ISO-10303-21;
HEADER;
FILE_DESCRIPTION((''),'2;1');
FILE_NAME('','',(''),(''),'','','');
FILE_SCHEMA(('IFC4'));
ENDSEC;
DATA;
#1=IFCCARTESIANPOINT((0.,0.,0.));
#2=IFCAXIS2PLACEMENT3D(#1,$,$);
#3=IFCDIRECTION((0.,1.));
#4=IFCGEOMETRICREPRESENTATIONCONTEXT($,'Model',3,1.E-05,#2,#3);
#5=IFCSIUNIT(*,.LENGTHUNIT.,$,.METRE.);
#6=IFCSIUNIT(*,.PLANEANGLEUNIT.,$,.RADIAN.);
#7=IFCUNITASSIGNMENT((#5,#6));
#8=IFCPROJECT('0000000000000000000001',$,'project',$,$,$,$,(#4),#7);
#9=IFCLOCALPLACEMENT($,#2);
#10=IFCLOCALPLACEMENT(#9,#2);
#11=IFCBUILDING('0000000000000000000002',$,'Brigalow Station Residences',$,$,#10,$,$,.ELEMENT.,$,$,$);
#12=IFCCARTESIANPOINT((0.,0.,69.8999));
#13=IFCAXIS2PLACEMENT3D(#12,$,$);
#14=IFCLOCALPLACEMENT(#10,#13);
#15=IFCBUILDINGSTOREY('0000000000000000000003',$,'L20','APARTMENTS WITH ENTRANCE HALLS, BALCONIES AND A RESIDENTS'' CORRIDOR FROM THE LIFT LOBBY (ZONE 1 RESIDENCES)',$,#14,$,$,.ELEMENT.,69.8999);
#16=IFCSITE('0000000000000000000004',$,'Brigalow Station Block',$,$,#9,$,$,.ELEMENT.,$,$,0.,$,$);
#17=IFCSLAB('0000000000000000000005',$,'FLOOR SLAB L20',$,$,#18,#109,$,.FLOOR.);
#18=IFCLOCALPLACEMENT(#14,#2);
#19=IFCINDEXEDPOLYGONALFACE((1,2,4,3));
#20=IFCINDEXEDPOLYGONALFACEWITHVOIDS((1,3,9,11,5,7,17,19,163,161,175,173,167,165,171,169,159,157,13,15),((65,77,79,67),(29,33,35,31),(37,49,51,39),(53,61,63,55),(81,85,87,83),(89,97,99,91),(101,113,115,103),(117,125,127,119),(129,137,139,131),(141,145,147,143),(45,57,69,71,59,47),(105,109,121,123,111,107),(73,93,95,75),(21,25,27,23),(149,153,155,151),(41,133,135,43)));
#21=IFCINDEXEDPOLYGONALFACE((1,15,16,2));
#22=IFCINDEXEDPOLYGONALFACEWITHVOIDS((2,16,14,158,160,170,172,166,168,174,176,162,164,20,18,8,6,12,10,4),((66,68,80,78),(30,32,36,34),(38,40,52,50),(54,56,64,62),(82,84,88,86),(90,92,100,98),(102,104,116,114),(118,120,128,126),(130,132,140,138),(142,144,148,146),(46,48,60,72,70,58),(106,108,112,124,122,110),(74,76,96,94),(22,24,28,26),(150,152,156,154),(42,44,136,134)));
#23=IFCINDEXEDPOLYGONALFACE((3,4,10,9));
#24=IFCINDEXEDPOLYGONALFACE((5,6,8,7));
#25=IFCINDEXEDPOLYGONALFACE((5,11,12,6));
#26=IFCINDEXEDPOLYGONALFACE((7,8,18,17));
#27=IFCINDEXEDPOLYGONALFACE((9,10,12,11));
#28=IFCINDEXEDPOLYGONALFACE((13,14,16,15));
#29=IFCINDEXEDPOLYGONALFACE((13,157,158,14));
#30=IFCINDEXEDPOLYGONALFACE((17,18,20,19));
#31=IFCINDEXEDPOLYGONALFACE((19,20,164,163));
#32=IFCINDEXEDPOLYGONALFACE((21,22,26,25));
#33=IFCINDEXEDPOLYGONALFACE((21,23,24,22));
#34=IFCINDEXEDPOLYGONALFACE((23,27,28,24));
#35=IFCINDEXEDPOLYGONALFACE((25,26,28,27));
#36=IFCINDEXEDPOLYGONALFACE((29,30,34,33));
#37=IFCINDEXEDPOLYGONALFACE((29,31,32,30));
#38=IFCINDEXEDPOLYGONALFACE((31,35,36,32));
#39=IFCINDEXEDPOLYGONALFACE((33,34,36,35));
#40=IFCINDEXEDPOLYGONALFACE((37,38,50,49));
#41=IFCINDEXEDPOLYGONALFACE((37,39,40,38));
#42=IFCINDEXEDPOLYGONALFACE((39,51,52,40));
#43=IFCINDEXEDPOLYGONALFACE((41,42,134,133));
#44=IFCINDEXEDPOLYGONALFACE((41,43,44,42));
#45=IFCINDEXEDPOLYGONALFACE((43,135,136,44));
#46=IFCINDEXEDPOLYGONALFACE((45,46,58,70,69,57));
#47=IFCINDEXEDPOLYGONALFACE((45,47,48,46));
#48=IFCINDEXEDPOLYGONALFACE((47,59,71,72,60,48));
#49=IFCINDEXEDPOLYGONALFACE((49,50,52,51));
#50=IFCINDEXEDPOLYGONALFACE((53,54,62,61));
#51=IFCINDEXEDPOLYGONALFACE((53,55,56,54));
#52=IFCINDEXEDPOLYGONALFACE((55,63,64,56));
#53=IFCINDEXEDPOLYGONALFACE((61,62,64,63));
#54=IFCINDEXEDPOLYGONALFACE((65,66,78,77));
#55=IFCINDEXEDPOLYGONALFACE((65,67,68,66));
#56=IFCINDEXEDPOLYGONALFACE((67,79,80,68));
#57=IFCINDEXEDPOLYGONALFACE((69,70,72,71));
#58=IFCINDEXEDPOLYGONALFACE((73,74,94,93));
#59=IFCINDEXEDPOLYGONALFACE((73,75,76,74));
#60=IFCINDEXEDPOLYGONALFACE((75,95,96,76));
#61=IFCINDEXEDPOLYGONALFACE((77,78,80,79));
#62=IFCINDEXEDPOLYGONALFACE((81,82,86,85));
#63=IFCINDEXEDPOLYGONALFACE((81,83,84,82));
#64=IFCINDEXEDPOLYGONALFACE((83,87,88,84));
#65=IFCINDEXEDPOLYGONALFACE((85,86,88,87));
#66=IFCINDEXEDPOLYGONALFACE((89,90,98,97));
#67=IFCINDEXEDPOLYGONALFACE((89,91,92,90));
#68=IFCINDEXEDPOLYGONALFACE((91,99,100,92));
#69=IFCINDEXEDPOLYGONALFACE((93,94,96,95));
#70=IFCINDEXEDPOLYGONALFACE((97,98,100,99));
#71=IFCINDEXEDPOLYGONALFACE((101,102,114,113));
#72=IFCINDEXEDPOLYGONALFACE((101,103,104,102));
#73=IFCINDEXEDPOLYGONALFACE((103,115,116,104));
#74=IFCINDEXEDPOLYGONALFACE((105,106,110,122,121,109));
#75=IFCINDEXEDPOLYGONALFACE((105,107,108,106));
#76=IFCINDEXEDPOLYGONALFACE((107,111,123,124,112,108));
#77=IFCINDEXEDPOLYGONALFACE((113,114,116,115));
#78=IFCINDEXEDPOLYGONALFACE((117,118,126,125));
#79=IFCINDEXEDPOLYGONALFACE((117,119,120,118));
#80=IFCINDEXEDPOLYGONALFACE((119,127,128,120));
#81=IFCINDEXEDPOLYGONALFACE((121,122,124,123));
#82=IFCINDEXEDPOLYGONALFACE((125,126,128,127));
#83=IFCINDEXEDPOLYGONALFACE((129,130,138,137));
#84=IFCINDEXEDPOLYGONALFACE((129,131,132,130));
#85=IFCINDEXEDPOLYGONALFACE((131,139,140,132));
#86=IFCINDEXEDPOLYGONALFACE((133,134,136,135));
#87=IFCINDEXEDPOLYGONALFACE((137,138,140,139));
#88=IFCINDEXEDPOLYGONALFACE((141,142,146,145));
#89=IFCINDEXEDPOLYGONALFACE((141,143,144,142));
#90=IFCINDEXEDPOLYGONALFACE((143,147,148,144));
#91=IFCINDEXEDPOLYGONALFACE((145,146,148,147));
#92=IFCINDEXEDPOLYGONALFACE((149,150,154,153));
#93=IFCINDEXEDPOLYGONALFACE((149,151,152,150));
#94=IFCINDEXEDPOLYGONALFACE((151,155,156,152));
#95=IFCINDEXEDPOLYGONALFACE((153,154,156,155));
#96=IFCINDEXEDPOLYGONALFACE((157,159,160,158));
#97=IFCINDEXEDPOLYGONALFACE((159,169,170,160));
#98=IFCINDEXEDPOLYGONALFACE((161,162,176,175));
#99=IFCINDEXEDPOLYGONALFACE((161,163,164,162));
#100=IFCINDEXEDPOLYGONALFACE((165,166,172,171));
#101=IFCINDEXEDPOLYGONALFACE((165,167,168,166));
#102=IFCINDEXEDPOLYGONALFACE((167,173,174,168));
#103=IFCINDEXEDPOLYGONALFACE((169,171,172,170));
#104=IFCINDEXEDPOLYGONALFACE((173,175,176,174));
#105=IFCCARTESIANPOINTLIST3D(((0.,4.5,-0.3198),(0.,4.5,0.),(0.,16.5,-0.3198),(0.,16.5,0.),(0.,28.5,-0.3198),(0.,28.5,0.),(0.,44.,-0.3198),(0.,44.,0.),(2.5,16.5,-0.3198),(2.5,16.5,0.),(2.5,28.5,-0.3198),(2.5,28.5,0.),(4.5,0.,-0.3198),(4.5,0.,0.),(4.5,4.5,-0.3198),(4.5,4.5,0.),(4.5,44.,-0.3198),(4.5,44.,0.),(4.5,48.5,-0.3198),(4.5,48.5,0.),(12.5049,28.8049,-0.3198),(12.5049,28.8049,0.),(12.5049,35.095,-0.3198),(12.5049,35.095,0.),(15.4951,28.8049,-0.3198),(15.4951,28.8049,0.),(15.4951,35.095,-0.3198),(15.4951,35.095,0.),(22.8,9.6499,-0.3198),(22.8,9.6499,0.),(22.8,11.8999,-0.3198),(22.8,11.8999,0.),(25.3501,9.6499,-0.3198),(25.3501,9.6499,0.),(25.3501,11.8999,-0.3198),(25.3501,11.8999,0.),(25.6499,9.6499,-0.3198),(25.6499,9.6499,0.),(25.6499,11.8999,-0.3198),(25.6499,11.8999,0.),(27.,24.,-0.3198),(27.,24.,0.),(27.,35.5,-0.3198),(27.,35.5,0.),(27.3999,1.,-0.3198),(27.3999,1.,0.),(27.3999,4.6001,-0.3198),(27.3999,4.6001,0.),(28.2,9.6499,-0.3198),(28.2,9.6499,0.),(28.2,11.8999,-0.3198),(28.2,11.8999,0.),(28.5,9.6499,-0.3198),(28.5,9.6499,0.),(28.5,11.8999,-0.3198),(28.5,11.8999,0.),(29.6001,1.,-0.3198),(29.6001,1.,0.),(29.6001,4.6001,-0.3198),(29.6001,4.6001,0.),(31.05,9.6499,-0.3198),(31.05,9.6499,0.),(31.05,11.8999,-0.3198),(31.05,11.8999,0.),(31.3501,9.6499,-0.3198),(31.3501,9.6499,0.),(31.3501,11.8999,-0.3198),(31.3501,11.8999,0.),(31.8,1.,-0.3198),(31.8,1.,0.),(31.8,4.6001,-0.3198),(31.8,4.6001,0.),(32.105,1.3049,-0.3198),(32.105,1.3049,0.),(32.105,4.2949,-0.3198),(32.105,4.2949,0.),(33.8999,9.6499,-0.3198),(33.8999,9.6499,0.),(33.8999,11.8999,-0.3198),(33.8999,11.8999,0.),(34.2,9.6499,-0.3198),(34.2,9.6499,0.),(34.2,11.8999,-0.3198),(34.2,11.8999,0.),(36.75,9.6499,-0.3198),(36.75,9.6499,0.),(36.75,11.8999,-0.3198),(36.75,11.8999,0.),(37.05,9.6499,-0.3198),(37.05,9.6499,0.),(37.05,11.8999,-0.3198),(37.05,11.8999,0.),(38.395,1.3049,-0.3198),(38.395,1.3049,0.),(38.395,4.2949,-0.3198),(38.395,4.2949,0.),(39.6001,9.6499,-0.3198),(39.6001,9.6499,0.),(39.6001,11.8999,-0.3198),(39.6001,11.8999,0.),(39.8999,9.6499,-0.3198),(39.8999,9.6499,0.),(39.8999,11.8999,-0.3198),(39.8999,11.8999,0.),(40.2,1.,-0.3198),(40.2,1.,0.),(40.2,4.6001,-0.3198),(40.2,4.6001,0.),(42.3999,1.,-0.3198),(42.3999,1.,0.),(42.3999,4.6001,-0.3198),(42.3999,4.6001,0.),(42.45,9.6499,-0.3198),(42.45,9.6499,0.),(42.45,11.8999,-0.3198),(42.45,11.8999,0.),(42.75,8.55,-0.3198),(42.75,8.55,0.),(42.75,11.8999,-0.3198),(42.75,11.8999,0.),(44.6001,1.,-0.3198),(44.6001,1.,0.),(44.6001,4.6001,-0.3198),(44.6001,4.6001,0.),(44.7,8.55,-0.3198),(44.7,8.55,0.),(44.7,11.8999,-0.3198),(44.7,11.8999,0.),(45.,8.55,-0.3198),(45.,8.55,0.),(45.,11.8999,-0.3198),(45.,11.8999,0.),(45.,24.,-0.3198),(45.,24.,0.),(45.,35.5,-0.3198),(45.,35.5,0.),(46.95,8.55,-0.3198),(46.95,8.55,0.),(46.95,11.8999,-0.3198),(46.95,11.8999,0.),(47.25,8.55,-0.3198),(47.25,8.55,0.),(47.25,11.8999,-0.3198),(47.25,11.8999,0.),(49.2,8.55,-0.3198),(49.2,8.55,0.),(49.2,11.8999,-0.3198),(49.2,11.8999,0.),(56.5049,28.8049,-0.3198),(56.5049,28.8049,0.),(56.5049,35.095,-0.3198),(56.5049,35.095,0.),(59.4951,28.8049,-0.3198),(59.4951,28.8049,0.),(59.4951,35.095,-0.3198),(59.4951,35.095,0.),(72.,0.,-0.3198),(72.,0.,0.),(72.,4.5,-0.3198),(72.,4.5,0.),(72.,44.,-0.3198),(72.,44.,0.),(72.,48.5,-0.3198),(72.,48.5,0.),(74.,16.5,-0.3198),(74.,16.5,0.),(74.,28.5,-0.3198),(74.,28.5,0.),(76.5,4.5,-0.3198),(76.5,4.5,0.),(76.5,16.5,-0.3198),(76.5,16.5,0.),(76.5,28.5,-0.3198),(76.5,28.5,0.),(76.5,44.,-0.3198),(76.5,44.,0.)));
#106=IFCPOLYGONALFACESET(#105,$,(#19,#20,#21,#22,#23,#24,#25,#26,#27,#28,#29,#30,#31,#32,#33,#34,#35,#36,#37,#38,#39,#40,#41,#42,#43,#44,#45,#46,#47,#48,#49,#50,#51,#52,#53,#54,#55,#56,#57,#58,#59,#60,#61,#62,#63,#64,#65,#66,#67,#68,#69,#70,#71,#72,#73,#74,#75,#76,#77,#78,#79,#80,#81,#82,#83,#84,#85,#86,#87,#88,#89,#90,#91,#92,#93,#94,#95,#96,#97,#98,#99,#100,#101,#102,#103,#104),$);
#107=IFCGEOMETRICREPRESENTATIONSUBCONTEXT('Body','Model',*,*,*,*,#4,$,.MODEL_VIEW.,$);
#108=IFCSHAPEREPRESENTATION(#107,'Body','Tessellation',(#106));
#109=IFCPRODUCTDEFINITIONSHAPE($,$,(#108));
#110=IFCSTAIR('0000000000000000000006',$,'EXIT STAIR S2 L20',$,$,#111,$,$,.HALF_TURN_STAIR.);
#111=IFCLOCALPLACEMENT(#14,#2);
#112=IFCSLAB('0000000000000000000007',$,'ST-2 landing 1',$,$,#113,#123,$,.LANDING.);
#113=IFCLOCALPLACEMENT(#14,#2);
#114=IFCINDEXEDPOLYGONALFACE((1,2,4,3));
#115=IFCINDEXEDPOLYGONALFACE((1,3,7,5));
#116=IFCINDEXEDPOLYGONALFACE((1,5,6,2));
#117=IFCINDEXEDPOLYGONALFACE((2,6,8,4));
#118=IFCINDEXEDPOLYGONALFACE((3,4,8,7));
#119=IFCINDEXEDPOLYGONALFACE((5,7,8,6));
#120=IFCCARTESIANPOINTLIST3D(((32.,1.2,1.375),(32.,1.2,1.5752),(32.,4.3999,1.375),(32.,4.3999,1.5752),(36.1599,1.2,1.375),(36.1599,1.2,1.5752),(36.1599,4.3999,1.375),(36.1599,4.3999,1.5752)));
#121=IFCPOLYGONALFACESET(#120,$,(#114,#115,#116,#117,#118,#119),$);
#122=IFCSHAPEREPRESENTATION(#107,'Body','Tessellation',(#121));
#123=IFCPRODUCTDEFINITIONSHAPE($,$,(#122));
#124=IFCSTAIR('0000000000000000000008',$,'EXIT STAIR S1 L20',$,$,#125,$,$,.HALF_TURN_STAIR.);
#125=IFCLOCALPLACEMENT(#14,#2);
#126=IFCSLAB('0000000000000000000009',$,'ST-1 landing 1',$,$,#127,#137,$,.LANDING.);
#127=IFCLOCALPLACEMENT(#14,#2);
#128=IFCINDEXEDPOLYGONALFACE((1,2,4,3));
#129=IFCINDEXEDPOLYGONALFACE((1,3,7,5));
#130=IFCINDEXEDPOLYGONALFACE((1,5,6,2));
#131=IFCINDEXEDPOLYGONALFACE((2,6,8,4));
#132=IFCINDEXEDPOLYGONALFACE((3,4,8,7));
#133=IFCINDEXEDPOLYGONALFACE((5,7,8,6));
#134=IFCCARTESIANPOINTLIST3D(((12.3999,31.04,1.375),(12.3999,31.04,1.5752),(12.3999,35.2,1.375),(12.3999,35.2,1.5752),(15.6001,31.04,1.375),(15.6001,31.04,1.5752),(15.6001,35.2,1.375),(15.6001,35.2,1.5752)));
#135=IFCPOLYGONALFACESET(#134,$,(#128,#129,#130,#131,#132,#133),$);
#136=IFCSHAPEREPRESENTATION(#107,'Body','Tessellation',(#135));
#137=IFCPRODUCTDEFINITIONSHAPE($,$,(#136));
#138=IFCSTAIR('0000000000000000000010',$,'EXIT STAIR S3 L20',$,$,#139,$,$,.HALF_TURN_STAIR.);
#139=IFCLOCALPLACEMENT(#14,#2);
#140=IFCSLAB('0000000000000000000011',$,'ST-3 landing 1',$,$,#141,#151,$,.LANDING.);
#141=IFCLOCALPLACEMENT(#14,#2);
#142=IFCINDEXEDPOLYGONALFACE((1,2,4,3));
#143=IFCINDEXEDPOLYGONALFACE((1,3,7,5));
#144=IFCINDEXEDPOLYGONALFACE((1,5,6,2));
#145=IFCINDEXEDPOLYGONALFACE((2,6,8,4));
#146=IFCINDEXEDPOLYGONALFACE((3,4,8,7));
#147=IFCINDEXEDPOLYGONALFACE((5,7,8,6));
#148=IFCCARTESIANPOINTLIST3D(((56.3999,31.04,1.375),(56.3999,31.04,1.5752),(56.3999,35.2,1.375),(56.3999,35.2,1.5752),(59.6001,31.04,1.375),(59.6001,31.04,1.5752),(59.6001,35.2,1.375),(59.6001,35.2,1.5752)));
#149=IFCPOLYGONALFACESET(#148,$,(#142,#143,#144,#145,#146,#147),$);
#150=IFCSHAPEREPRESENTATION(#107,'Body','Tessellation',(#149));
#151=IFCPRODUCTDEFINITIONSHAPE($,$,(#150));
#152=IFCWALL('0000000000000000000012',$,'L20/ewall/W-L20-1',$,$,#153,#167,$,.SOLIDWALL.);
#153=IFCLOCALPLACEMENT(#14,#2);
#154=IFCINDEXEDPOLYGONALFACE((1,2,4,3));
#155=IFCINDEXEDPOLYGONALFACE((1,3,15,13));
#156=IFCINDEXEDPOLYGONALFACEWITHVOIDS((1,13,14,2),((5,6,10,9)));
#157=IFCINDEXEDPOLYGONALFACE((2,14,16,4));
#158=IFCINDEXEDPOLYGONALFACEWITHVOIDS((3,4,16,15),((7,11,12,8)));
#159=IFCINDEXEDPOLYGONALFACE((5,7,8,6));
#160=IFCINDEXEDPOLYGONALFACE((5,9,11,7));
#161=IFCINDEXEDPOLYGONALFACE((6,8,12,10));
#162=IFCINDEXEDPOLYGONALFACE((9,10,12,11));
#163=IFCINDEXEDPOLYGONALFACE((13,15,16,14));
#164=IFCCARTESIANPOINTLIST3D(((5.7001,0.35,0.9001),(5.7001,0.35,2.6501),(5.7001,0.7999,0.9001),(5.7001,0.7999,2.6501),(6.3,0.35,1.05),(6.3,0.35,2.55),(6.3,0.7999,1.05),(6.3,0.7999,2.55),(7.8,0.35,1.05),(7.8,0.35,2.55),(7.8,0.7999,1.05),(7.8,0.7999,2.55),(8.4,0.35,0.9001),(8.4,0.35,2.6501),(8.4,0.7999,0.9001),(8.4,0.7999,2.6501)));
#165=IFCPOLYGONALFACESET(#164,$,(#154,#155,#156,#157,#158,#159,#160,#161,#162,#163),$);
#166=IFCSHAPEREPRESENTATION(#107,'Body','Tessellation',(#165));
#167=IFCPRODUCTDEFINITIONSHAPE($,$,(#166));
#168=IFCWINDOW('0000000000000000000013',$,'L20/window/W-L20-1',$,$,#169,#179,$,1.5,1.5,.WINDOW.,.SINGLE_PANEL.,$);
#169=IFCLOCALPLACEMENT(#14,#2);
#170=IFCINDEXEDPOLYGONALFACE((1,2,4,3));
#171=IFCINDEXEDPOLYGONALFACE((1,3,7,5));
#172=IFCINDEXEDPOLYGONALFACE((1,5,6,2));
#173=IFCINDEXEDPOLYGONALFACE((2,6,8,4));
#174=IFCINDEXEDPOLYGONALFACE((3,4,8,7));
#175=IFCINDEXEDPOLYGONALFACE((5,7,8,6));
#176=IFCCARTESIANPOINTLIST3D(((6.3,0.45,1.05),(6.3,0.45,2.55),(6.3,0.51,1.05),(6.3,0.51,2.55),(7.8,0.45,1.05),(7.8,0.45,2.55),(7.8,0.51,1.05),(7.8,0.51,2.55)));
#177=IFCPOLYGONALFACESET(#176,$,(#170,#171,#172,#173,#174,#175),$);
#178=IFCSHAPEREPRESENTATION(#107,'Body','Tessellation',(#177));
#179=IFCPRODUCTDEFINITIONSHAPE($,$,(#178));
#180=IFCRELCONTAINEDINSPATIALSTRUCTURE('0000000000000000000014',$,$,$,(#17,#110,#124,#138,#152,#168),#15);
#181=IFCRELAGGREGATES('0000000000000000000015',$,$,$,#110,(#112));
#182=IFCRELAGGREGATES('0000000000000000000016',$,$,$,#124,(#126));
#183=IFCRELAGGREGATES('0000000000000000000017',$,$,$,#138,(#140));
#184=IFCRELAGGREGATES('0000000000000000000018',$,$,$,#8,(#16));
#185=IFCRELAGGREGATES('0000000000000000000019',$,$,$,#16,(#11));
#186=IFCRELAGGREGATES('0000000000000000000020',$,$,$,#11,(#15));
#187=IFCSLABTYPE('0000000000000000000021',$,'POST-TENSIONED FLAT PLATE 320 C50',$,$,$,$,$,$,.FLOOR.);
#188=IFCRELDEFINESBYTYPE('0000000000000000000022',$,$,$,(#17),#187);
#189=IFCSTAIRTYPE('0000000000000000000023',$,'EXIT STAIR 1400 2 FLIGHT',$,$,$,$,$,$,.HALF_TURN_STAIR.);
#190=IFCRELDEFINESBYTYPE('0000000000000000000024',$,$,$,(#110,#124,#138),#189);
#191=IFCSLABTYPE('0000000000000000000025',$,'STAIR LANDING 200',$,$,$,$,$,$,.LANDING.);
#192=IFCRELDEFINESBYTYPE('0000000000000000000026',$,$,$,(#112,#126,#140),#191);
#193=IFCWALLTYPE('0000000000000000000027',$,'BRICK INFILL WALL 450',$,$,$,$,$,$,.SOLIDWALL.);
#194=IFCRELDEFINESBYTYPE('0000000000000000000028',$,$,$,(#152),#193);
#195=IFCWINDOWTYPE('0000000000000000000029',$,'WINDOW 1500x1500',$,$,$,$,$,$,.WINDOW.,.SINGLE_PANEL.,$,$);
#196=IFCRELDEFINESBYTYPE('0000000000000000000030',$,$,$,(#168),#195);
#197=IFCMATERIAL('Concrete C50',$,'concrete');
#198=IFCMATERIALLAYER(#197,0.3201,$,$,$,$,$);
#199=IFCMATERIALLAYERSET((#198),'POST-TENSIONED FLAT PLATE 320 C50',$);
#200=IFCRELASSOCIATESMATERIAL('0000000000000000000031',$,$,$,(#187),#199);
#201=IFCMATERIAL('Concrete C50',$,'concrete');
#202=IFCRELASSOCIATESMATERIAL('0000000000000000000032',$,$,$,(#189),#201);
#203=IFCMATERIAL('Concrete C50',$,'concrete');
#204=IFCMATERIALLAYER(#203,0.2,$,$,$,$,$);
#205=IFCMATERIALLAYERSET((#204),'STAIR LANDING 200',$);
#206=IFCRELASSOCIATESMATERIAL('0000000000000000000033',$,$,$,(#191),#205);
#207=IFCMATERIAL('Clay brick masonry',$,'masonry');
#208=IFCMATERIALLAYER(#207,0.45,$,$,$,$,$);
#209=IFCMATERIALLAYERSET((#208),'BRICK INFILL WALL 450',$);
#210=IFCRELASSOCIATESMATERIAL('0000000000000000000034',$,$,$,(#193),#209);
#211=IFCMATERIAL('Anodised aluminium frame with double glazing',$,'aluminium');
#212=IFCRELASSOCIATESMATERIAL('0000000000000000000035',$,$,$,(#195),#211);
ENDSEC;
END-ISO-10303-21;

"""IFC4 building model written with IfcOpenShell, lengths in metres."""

from ifc_helpers import new_model, si_unit, direction, frame, frame_2d, origin, place, context, subcontext, project, spatial, polyline, rectangle, outline, extrude, material, layer, layer_set, type_object, element, fill, aggregate, save


model = new_model("IFC4")

# Units and contexts
model_context = context("Model", 3, precision=1e-05, world=origin(), true_north=direction((0.0, 1.0)))
body_context = subcontext(model_context, "Body", "Model", "MODEL_VIEW")
ifc_project = project(units=[si_unit("LENGTHUNIT", "METRE"), si_unit("PLANEANGLEUNIT", "RADIAN")], contexts=[model_context])

# Site, building, storey
site_placement = place(None, origin())
site = spatial("IfcSite", under=ifc_project, at=site_placement, Name="Brigalow Station Block", CompositionType="ELEMENT", RefElevation=0.0)
building_placement = place(site_placement, origin())
building = spatial("IfcBuilding", under=site, at=building_placement, Name="Brigalow Station Residences", CompositionType="ELEMENT")
storey_placement = place(building_placement, frame((0.0, 0.0, 69.8999)))
storey = spatial("IfcBuildingStorey", under=building, at=storey_placement, Name="L20", Description="APARTMENTS WITH ENTRANCE HALLS, BALCONIES AND A RESIDENTS' CORRIDOR FROM THE LIFT LOBBY (ZONE 1 RESIDENCES)", CompositionType="ELEMENT", Elevation=69.8999)

# Slab
ifc_material_1 = material(Name="Concrete C50", Category="concrete")
ifc_layer_1 = layer(ifc_material_1, 0.3201)
ifc_layer_set_1 = layer_set([ifc_layer_1], Name="POST-TENSIONED FLAT PLATE 320 C50")
slab_type_1 = type_object("IfcSlabType", Name="POST-TENSIONED FLAT PLATE 320 C50", PredefinedType="FLOOR", material=ifc_layer_set_1)
slab_1_placement = place(storey_placement, frame((0.0, 0.0, -0.3198)))
element("IfcSlab", 1, at=slab_1_placement, inside=storey, type_object=slab_type_1, Name="FLOOR SLAB L20", PredefinedType="FLOOR", context=body_context, shape_type="SweptSolid", body=[
    extrude(outline(polyline([(4.5, 0.0), (72.0, 0.0), (72.0, 4.5), (76.5, 4.5), (76.5, 16.5), (74.0, 16.5), (74.0, 28.5), (76.5, 28.5), (76.5, 44.0), (72.0, 44.0), (72.0, 48.5), (4.5, 48.5), (4.5, 44.0), (0.0, 44.0), (0.0, 28.5), (2.5, 28.5), (2.5, 16.5), (0.0, 16.5), (0.0, 4.5), (4.5, 4.5), (4.5, 0.0)]), holes=[polyline([(15.4951, 35.095), (15.4951, 28.8049), (12.5049, 28.8049), (12.5049, 35.095), (15.4951, 35.095)]), polyline([(22.8, 11.8999), (25.3501, 11.8999), (25.3501, 9.6499), (22.8, 9.6499), (22.8, 11.8999)]), polyline([(25.6499, 11.8999), (28.2, 11.8999), (28.2, 9.6499), (25.6499, 9.6499), (25.6499, 11.8999)]), polyline([(28.5, 11.8999), (31.05, 11.8999), (31.05, 9.6499), (28.5, 9.6499), (28.5, 11.8999)]), polyline([(29.6001, 1.0), (27.3999, 1.0), (27.3999, 4.6001), (29.6001, 4.6001), (31.8, 4.6001), (31.8, 1.0), (29.6001, 1.0)]), polyline([(31.3501, 11.8999), (33.8999, 11.8999), (33.8999, 9.6499), (31.3501, 9.6499), (31.3501, 11.8999)]), polyline([(32.105, 4.2949), (38.395, 4.2949), (38.395, 1.3049), (32.105, 1.3049), (32.105, 4.2949)]), polyline([(36.75, 11.8999), (36.75, 9.6499), (34.2, 9.6499), (34.2, 11.8999), (36.75, 11.8999)]), polyline([(37.05, 11.8999), (39.6001, 11.8999), (39.6001, 9.6499), (37.05, 9.6499), (37.05, 11.8999)]), polyline([(39.8999, 11.8999), (42.45, 11.8999), (42.45, 9.6499), (39.8999, 9.6499), (39.8999, 11.8999)]), polyline([(42.3999, 1.0), (40.2, 1.0), (40.2, 4.6001), (42.3999, 4.6001), (44.6001, 4.6001), (44.6001, 1.0), (42.3999, 1.0)]), polyline([(42.75, 11.8999), (44.7, 11.8999), (44.7, 8.55), (42.75, 8.55), (42.75, 11.8999)]), polyline([(45.0, 11.8999), (46.95, 11.8999), (46.95, 8.55), (45.0, 8.55), (45.0, 11.8999)]), polyline([(45.0, 35.5), (45.0, 24.0), (27.0, 24.0), (27.0, 35.5), (45.0, 35.5)]), polyline([(47.25, 11.8999), (49.2, 11.8999), (49.2, 8.55), (47.25, 8.55), (47.25, 11.8999)]), polyline([(59.4951, 35.095), (59.4951, 28.8049), (56.5049, 28.8049), (56.5049, 35.095), (59.4951, 35.095)])]), origin(), (0.0, 0.0, 1.0), 0.3198),
])

# Stairs, slabs
ifc_material_2 = material(Name="Concrete C50", Category="concrete")
stair_type = type_object("IfcStairType", Name="EXIT STAIR 1400 2 FLIGHT", PredefinedType="HALF_TURN_STAIR", material=ifc_material_2)
stair_1_placement = place(storey_placement, origin())
stair_1 = element("IfcStair", 2, at=stair_1_placement, inside=storey, type_object=stair_type, Name="EXIT STAIR S2 L20", PredefinedType="HALF_TURN_STAIR")
ifc_material_3 = material(Name="Concrete C50", Category="concrete")
ifc_layer_2 = layer(ifc_material_3, 0.2)
ifc_layer_set_2 = layer_set([ifc_layer_2], Name="STAIR LANDING 200")
slab_type_2 = type_object("IfcSlabType", Name="STAIR LANDING 200", PredefinedType="LANDING", material=ifc_layer_set_2)
slab_2_placement = place(storey_placement, frame((0.0, 0.0, 1.375)))
slab_2 = element("IfcSlab", 3, at=slab_2_placement, type_object=slab_type_2, Name="ST-2 landing 1", PredefinedType="LANDING", context=body_context, shape_type="SweptSolid", body=[
    extrude(outline(polyline([(32.0, 1.2), (36.1599, 1.2), (36.1599, 4.3999), (32.0, 4.3999), (32.0, 1.2)])), origin(), (0.0, 0.0, 1.0), 0.2002),
])
aggregate(stair_1, [slab_2])
stair_2_placement = place(storey_placement, origin())
stair_2 = element("IfcStair", 4, at=stair_2_placement, inside=storey, type_object=stair_type, Name="EXIT STAIR S1 L20", PredefinedType="HALF_TURN_STAIR")
slab_3_placement = place(storey_placement, frame((0.0, 0.0, 1.375)))
slab_3 = element("IfcSlab", 5, at=slab_3_placement, type_object=slab_type_2, Name="ST-1 landing 1", PredefinedType="LANDING", context=body_context, shape_type="SweptSolid", body=[
    extrude(outline(polyline([(12.3999, 31.04), (15.6001, 31.04), (15.6001, 35.2), (12.3999, 35.2), (12.3999, 31.04)])), origin(), (0.0, 0.0, 1.0), 0.2002),
])
aggregate(stair_2, [slab_3])
stair_3_placement = place(storey_placement, origin())
stair_3 = element("IfcStair", 6, at=stair_3_placement, inside=storey, type_object=stair_type, Name="EXIT STAIR S3 L20", PredefinedType="HALF_TURN_STAIR")
slab_4_placement = place(storey_placement, frame((0.0, 0.0, 1.375)))
slab_4 = element("IfcSlab", 7, at=slab_4_placement, type_object=slab_type_2, Name="ST-3 landing 1", PredefinedType="LANDING", context=body_context, shape_type="SweptSolid", body=[
    extrude(outline(polyline([(56.3999, 31.04), (59.6001, 31.04), (59.6001, 35.2), (56.3999, 35.2), (56.3999, 31.04)])), origin(), (0.0, 0.0, 1.0), 0.2002),
])
aggregate(stair_3, [slab_4])

# Wall, opening, window
ifc_material_4 = material(Name="Clay brick masonry", Category="masonry")
ifc_layer_3 = layer(ifc_material_4, 0.45)
ifc_layer_set_3 = layer_set([ifc_layer_3], Name="BRICK INFILL WALL 450")
wall_type_1 = type_object("IfcWallType", Name="BRICK INFILL WALL 450", PredefinedType="SOLIDWALL", material=ifc_layer_set_3)
wall_1_placement = place(storey_placement, frame((5.7, 0.575, 0.9001), z_axis=(0.0, 0.0, 1.0), x_axis=(1.0, 0.0, 0.0)))
wall_1 = element("IfcWall", 8, at=wall_1_placement, inside=storey, type_object=wall_type_1, Name="L20/ewall/W-L20-1", PredefinedType="SOLIDWALL", context=body_context, shape_type="SweptSolid", body=[
    extrude(rectangle(XDim=2.7, YDim=0.45, at=frame_2d((1.3501, 0.0))), origin(), (0.0, 0.0, 1.0), 1.75),
])
opening_1_placement = place(wall_1_placement, frame((0.6001, 0.0, 0.1499)))
opening_1 = element("IfcOpeningElement", 9, at=opening_1_placement, cuts=wall_1, PredefinedType="OPENING", context=body_context, shape_type="SweptSolid", body=[
    extrude(rectangle(XDim=1.5, YDim=1.5, at=frame_2d((0.75, 0.75))), frame((0.0, 0.2349, 0.0), z_axis=(0.0, -1.0, 0.0), x_axis=(1.0, 0.0, 0.0)), (0.0, 0.0, 1.0), 0.47),
])
ifc_material_5 = material(Name="Anodised aluminium frame with double glazing", Category="aluminium")
window_type_1 = type_object("IfcWindowType", Name="WINDOW 1500x1500", PartitioningType="SINGLE_PANEL", PredefinedType="WINDOW", material=ifc_material_5)
window_1_placement = place(opening_1_placement, origin())
window_1 = element("IfcWindow", 10, at=window_1_placement, inside=storey, type_object=window_type_1, Name="L20/window/W-L20-1", OverallHeight=1.5, OverallWidth=1.5, PartitioningType="SINGLE_PANEL", PredefinedType="WINDOW", context=body_context, shape_type="SweptSolid", body=[
    extrude(rectangle(XDim=1.5, YDim=1.5, at=frame_2d((0.75, 0.75))), frame((0.0, -0.0649, 0.0), z_axis=(0.0, -1.0, 0.0), x_axis=(1.0, 0.0, 0.0)), (0.0, 0.0, 1.0), 0.0601),
])
fill(opening_1, window_1)

save(model, "model.ifc")
